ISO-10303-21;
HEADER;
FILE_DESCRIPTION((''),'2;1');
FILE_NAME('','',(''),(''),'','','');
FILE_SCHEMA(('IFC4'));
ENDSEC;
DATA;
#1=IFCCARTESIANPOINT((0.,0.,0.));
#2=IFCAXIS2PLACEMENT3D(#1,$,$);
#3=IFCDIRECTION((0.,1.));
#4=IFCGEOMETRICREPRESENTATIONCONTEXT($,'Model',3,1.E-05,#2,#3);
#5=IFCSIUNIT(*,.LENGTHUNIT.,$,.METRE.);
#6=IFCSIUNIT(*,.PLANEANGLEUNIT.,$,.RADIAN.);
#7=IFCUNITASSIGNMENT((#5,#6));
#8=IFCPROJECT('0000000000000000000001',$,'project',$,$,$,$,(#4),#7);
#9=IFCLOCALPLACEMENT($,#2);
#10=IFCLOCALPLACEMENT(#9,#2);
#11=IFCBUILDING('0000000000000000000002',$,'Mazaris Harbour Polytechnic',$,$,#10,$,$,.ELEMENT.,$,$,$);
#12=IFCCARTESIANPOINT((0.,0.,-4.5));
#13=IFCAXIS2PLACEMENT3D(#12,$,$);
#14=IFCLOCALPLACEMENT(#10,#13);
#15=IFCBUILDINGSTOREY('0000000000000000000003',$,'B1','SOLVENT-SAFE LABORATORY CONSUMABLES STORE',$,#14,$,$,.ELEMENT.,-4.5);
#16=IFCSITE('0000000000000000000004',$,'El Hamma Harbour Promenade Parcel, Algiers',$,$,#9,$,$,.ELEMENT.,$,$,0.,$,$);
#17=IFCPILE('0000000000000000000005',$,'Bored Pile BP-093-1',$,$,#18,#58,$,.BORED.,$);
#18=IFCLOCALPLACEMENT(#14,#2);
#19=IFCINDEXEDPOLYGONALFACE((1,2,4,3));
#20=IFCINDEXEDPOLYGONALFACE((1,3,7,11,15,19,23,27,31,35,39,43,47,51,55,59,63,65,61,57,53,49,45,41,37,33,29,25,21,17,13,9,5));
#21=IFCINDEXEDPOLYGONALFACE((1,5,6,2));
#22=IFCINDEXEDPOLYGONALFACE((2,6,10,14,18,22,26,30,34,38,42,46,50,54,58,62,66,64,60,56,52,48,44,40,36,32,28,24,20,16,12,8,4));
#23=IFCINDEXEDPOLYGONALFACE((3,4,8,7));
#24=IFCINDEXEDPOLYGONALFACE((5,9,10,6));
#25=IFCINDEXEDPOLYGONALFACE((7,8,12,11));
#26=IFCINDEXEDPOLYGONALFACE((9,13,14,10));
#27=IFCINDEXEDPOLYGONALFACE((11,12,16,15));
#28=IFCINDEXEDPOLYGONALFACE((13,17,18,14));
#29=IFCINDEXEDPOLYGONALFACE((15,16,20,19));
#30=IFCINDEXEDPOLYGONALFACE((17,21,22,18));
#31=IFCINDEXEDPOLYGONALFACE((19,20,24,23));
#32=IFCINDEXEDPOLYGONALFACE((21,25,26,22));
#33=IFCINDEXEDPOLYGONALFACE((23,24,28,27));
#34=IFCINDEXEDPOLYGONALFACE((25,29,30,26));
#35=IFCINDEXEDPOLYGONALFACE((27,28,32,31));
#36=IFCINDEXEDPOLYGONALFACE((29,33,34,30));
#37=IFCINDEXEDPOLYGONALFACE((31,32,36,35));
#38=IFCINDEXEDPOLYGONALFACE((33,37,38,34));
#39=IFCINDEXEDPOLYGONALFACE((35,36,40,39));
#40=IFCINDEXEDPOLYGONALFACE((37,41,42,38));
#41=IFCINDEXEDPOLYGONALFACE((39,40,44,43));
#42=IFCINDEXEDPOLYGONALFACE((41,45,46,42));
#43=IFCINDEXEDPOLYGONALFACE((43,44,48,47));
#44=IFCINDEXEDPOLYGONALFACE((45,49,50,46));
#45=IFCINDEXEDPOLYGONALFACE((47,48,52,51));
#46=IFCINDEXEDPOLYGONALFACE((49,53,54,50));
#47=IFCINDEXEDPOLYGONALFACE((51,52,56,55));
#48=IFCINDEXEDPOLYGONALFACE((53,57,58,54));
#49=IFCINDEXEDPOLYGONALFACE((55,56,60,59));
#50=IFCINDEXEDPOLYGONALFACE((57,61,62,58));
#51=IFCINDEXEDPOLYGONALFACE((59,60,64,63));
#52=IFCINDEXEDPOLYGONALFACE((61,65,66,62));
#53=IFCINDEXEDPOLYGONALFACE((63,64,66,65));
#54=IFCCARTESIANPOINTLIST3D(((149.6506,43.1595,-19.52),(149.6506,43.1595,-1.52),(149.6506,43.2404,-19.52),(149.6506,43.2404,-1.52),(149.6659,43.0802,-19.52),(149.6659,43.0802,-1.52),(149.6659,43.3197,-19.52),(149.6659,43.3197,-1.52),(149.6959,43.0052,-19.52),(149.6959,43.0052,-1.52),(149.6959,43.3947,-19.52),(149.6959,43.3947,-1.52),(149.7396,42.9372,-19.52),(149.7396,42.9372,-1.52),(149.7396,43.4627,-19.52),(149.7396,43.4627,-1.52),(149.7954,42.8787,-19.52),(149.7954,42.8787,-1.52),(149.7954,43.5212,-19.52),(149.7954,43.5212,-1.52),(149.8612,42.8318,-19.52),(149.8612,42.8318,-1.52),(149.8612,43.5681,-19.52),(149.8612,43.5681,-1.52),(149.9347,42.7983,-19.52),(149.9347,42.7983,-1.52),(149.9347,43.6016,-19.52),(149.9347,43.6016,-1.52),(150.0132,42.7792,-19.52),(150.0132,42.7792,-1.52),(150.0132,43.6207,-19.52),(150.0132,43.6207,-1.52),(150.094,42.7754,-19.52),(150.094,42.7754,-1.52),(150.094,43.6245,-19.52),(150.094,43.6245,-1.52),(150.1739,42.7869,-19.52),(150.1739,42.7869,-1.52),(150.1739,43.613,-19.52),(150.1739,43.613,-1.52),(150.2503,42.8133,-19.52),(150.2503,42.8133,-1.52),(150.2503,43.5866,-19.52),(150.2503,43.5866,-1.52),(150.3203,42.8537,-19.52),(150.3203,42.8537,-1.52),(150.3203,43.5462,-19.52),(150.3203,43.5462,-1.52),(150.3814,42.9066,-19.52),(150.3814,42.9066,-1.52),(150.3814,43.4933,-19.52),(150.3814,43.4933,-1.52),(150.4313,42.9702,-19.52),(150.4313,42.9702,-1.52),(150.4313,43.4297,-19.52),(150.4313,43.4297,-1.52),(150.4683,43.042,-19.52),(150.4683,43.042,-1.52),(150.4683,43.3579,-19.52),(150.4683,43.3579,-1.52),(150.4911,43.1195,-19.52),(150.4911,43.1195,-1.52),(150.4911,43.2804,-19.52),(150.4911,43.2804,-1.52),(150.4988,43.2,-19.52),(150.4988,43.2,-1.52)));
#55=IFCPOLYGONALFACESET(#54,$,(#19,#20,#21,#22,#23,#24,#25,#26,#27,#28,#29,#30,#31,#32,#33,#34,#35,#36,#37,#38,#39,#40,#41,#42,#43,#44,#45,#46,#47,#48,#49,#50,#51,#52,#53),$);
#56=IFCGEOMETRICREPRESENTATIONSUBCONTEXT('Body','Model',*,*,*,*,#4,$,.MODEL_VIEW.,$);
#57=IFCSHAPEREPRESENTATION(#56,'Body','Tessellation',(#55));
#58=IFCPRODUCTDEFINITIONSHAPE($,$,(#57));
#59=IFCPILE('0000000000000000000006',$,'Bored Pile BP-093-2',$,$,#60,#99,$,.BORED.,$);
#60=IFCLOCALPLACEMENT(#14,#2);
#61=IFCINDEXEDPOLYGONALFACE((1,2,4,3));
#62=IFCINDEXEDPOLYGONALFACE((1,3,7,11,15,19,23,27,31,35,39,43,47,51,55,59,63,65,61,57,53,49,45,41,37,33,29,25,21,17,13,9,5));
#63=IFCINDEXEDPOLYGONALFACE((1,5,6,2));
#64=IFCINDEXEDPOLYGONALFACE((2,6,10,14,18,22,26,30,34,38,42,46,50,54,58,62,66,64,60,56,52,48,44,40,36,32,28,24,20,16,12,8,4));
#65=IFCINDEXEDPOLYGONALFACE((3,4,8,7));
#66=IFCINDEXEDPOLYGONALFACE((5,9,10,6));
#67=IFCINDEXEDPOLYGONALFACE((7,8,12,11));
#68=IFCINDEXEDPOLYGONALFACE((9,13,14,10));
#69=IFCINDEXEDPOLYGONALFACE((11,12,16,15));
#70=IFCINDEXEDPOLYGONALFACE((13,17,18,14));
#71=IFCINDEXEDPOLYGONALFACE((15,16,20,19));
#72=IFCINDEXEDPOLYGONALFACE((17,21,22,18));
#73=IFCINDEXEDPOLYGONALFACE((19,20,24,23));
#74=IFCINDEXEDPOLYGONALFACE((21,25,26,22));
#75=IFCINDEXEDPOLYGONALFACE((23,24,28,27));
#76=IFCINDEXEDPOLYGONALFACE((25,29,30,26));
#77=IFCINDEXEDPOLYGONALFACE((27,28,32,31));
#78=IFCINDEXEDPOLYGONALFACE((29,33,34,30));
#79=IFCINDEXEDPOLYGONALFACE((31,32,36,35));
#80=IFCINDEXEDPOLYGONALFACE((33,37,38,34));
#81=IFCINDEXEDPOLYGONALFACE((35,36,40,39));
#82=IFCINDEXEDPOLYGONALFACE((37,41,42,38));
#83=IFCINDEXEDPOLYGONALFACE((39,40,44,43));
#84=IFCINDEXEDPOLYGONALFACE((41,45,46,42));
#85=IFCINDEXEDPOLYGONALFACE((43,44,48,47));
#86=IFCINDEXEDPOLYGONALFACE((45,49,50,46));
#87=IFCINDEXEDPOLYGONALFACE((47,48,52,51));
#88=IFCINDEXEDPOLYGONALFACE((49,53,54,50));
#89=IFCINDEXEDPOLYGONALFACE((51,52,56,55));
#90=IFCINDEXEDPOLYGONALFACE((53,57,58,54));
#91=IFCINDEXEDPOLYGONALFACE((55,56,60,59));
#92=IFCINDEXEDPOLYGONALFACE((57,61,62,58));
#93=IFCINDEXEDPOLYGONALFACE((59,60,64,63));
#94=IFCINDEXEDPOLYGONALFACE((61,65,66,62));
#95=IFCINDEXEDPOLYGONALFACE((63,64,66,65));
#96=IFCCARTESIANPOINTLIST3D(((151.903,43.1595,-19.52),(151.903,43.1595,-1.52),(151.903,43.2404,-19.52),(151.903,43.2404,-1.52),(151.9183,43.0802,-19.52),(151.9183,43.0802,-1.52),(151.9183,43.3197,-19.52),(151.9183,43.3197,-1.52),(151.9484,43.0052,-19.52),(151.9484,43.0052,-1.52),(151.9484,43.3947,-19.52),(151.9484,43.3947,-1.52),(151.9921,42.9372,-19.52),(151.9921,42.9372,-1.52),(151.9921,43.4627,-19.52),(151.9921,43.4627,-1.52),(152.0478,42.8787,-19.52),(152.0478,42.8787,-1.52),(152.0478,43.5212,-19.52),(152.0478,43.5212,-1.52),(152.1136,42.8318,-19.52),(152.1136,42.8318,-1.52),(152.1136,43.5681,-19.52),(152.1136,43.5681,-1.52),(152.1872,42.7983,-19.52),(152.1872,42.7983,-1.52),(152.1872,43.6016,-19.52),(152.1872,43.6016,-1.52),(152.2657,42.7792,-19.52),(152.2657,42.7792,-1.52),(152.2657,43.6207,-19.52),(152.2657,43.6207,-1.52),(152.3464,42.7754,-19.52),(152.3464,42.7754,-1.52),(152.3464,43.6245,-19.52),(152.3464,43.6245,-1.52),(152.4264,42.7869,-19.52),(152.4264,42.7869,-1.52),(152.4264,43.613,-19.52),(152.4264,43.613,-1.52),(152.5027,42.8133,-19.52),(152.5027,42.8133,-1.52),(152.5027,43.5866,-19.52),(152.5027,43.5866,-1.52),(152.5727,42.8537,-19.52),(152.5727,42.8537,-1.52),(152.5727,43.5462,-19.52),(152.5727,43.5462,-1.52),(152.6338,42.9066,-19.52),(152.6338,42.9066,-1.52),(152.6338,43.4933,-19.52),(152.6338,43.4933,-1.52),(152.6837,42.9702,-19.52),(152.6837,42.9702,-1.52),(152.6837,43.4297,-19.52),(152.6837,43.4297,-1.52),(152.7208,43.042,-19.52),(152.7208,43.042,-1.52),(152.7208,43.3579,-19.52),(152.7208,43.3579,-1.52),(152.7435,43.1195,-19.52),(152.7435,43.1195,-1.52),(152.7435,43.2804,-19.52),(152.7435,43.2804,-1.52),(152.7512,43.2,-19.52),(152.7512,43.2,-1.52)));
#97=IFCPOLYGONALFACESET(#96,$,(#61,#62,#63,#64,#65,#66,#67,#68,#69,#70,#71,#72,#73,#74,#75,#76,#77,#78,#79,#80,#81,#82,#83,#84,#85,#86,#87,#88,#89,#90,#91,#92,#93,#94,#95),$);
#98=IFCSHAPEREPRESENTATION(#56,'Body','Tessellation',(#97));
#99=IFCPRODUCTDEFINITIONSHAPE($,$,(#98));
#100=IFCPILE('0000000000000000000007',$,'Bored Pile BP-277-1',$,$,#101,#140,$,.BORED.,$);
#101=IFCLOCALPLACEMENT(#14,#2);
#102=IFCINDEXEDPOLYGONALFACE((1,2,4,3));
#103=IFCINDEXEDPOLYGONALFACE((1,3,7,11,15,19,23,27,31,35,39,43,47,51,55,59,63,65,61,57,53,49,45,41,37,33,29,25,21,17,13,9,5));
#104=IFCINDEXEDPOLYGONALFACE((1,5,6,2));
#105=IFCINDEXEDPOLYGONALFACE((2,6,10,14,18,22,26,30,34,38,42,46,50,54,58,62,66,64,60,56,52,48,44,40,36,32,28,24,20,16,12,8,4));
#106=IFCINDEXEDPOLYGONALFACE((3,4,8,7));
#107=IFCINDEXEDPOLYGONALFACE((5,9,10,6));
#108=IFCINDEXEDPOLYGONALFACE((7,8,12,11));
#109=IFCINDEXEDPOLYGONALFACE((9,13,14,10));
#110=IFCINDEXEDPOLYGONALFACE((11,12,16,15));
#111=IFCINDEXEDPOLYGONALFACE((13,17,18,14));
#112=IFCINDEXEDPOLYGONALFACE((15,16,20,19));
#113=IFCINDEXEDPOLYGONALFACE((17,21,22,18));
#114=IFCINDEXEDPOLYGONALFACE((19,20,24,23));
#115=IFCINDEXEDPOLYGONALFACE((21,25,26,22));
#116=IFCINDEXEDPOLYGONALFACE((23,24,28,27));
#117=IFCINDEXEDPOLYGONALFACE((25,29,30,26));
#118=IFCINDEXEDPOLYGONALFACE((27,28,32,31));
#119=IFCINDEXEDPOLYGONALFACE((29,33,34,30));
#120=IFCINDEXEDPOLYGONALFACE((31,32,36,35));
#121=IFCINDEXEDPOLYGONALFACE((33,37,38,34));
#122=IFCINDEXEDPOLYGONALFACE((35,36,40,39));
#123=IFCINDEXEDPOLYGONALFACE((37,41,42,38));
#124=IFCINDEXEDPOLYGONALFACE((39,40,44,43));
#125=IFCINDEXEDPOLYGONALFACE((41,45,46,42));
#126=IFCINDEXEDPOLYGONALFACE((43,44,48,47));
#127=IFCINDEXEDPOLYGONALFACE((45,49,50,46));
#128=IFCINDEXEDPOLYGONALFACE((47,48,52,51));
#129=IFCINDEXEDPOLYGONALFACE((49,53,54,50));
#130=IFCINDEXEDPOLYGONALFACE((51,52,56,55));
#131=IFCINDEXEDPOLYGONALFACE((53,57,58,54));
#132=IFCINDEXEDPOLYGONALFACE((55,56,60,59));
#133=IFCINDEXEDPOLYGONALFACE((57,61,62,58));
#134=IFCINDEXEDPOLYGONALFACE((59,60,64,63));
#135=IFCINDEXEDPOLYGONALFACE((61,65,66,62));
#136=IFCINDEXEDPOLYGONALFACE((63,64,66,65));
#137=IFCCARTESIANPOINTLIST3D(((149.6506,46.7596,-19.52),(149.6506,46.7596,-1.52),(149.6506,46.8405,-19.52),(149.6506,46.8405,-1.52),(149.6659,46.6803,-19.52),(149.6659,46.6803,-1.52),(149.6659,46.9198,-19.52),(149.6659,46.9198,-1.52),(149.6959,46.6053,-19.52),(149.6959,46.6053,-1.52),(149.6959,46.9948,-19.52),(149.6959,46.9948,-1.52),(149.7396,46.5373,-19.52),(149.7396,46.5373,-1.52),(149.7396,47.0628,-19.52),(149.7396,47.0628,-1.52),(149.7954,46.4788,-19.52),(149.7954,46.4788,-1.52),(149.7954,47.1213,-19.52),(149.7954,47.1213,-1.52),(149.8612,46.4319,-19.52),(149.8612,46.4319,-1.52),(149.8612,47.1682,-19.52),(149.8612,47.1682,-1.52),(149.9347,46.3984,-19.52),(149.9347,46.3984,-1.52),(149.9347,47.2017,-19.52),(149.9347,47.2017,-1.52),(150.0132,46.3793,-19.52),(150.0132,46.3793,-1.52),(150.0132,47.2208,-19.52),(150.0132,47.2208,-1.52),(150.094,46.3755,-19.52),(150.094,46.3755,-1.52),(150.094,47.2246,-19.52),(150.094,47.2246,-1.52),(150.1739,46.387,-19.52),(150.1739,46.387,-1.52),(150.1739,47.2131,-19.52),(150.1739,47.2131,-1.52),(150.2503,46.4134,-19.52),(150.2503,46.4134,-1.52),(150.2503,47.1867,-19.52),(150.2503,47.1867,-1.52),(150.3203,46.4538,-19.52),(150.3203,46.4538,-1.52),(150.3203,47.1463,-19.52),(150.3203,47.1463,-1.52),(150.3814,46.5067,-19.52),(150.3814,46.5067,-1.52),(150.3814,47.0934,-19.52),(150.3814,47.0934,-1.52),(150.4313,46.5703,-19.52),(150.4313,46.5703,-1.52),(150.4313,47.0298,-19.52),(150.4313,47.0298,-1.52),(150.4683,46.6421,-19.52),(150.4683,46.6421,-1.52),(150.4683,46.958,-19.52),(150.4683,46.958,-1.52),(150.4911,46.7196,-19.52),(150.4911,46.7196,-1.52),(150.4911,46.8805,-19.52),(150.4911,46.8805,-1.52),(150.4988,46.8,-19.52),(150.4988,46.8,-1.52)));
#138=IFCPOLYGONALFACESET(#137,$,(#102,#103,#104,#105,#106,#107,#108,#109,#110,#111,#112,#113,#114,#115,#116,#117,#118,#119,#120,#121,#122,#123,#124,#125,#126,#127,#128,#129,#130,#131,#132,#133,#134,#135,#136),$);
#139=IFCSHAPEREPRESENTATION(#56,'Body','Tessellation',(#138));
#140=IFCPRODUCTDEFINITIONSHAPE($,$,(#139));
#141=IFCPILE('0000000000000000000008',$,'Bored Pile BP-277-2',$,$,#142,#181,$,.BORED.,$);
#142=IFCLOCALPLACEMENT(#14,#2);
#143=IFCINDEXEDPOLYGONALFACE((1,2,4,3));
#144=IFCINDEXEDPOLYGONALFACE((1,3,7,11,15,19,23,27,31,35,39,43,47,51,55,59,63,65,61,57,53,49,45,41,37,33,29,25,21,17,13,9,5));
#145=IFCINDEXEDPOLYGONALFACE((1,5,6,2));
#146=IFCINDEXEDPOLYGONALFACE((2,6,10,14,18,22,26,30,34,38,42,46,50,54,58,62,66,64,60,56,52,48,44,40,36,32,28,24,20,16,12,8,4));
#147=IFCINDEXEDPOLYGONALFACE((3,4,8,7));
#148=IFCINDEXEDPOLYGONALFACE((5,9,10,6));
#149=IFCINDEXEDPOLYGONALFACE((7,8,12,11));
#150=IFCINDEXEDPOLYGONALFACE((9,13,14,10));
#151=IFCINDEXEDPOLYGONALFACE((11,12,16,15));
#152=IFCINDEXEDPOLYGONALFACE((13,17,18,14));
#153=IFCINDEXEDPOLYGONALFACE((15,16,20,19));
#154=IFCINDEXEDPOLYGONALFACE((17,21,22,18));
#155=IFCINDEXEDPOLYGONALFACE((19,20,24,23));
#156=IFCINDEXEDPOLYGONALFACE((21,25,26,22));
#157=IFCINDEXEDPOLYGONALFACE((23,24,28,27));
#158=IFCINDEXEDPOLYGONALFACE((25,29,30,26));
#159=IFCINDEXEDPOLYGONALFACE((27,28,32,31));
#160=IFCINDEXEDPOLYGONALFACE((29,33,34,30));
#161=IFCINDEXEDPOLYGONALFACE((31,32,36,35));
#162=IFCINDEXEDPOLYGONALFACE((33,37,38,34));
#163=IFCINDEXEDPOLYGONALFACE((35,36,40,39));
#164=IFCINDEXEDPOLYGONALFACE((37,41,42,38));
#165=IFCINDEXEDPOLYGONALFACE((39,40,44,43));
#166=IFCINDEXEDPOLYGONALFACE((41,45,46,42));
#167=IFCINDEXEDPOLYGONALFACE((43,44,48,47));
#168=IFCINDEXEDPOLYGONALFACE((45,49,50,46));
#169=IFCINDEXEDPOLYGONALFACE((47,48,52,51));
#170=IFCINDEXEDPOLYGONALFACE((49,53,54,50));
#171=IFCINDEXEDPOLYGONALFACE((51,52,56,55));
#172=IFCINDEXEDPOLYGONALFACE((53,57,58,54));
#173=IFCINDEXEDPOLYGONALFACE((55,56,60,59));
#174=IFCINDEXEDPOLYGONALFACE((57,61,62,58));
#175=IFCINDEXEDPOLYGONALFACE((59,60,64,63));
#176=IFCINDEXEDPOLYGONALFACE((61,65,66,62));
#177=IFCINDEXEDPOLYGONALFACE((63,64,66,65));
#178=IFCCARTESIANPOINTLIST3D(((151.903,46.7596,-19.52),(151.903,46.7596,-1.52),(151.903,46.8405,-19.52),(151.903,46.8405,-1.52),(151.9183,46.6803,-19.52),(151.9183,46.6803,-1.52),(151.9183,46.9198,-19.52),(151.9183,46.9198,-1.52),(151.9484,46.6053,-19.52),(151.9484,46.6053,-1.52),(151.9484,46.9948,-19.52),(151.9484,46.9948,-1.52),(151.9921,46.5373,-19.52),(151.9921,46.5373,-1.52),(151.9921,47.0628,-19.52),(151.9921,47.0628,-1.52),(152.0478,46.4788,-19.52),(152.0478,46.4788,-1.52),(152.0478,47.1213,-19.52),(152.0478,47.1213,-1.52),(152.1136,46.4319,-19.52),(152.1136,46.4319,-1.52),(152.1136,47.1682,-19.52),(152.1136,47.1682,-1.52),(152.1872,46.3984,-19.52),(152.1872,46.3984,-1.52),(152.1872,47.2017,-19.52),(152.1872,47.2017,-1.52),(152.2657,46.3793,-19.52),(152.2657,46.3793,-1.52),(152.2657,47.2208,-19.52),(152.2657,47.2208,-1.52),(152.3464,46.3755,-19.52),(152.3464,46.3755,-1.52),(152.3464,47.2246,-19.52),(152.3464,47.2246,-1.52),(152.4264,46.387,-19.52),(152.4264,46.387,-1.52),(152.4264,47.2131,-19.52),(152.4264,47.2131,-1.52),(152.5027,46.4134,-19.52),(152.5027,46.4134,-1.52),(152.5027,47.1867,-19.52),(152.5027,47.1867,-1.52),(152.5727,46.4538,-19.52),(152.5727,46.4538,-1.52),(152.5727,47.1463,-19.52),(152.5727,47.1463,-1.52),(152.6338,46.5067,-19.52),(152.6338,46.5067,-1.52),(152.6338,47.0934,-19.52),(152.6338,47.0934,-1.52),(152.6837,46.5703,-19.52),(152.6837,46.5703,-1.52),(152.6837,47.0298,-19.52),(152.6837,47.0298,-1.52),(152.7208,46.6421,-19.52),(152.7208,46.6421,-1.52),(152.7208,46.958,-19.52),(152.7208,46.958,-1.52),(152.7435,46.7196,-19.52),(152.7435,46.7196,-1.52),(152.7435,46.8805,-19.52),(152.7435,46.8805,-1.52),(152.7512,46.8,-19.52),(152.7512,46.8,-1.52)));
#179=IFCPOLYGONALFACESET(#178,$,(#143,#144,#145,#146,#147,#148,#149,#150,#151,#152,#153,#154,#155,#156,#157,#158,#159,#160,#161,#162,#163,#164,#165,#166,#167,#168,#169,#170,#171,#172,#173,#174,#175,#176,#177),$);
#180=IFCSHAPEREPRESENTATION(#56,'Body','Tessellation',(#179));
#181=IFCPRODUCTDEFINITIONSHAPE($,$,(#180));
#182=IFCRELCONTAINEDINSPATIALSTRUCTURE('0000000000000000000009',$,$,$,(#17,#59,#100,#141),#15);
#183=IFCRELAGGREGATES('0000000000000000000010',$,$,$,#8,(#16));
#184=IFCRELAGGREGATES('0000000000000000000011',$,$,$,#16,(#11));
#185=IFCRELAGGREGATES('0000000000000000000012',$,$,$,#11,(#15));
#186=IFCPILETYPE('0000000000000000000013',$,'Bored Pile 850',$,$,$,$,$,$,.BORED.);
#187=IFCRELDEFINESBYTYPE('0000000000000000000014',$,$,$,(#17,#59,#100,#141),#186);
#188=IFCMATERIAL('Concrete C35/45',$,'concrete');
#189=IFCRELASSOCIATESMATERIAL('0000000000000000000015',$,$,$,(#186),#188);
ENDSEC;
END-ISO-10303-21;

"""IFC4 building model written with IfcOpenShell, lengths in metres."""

from ifc_helpers import new_model, si_unit, direction, frame, origin, origin_2d, place, context, subcontext, project, spatial, circle, extrude, material, material_profile, profile_set, type_object, element, save


model = new_model("IFC4")

# Units and contexts
model_context = context("Model", 3, precision=1e-05, world=origin(), true_north=direction((0.0, 1.0)))
body_context = subcontext(model_context, "Body", "Model", "MODEL_VIEW")
ifc_project = project(units=[si_unit("LENGTHUNIT", "METRE"), si_unit("PLANEANGLEUNIT", "RADIAN")], contexts=[model_context])

# Site, building, storey
site_placement = place(None, origin())
site = spatial("IfcSite", under=ifc_project, at=site_placement, Name="El Hamma Harbour Promenade Parcel, Algiers", CompositionType="ELEMENT", RefElevation=0.0)
building_placement = place(site_placement, origin())
building = spatial("IfcBuilding", under=site, at=building_placement, Name="Mazaris Harbour Polytechnic", CompositionType="ELEMENT")
storey_placement = place(building_placement, frame((0.0, 0.0, -4.5)))
storey = spatial("IfcBuildingStorey", under=building, at=storey_placement, Name="B1", Description="SOLVENT-SAFE LABORATORY CONSUMABLES STORE", CompositionType="ELEMENT", Elevation=-4.5)

# Piles
ifc_material_1 = material(Name="Concrete C35/45", Category="concrete")
ifc_material_profile_1 = material_profile(ifc_material_1, circle(Radius=0.425, at=origin_2d()), Name="DIA850")
ifc_profile_set_1 = profile_set([ifc_material_profile_1], Name="Concrete C35/45")
pile_type_1 = type_object("IfcPileType", Name="Bored Pile 850", PredefinedType="BORED", material=ifc_profile_set_1)
for number, where, z_axis, x_axis, name in (
    (1, (150.0737, 43.2, -1.52), (0.0, 0.0, -1.0), (1.0, 0.0, 0.0), "Bored Pile BP-093-1"),
    (2, (152.3262, 43.2, -1.52), (0.0, 0.0, -1.0), (1.0, 0.0, 0.0), "Bored Pile BP-093-2"),
    (3, (150.0737, 46.8, -1.52), (0.0, 0.0, -1.0), (1.0, 0.0, 0.0), "Bored Pile BP-277-1"),
    (4, (152.3262, 46.8, -1.52), (0.0, 0.0, -1.0), (1.0, 0.0, 0.0), "Bored Pile BP-277-2"),
):
    element("IfcPile", number, at=place(storey_placement, frame(where, z_axis=z_axis, x_axis=x_axis)), inside=storey, type_object=pile_type_1, Name=name, PredefinedType="BORED", context=body_context, shape_type="SweptSolid", body=[
        extrude(circle(Radius=0.425, at=origin_2d()), origin(), (0.0, 0.0, 1.0), 18.0),
    ])

save(model, "model.ifc")
